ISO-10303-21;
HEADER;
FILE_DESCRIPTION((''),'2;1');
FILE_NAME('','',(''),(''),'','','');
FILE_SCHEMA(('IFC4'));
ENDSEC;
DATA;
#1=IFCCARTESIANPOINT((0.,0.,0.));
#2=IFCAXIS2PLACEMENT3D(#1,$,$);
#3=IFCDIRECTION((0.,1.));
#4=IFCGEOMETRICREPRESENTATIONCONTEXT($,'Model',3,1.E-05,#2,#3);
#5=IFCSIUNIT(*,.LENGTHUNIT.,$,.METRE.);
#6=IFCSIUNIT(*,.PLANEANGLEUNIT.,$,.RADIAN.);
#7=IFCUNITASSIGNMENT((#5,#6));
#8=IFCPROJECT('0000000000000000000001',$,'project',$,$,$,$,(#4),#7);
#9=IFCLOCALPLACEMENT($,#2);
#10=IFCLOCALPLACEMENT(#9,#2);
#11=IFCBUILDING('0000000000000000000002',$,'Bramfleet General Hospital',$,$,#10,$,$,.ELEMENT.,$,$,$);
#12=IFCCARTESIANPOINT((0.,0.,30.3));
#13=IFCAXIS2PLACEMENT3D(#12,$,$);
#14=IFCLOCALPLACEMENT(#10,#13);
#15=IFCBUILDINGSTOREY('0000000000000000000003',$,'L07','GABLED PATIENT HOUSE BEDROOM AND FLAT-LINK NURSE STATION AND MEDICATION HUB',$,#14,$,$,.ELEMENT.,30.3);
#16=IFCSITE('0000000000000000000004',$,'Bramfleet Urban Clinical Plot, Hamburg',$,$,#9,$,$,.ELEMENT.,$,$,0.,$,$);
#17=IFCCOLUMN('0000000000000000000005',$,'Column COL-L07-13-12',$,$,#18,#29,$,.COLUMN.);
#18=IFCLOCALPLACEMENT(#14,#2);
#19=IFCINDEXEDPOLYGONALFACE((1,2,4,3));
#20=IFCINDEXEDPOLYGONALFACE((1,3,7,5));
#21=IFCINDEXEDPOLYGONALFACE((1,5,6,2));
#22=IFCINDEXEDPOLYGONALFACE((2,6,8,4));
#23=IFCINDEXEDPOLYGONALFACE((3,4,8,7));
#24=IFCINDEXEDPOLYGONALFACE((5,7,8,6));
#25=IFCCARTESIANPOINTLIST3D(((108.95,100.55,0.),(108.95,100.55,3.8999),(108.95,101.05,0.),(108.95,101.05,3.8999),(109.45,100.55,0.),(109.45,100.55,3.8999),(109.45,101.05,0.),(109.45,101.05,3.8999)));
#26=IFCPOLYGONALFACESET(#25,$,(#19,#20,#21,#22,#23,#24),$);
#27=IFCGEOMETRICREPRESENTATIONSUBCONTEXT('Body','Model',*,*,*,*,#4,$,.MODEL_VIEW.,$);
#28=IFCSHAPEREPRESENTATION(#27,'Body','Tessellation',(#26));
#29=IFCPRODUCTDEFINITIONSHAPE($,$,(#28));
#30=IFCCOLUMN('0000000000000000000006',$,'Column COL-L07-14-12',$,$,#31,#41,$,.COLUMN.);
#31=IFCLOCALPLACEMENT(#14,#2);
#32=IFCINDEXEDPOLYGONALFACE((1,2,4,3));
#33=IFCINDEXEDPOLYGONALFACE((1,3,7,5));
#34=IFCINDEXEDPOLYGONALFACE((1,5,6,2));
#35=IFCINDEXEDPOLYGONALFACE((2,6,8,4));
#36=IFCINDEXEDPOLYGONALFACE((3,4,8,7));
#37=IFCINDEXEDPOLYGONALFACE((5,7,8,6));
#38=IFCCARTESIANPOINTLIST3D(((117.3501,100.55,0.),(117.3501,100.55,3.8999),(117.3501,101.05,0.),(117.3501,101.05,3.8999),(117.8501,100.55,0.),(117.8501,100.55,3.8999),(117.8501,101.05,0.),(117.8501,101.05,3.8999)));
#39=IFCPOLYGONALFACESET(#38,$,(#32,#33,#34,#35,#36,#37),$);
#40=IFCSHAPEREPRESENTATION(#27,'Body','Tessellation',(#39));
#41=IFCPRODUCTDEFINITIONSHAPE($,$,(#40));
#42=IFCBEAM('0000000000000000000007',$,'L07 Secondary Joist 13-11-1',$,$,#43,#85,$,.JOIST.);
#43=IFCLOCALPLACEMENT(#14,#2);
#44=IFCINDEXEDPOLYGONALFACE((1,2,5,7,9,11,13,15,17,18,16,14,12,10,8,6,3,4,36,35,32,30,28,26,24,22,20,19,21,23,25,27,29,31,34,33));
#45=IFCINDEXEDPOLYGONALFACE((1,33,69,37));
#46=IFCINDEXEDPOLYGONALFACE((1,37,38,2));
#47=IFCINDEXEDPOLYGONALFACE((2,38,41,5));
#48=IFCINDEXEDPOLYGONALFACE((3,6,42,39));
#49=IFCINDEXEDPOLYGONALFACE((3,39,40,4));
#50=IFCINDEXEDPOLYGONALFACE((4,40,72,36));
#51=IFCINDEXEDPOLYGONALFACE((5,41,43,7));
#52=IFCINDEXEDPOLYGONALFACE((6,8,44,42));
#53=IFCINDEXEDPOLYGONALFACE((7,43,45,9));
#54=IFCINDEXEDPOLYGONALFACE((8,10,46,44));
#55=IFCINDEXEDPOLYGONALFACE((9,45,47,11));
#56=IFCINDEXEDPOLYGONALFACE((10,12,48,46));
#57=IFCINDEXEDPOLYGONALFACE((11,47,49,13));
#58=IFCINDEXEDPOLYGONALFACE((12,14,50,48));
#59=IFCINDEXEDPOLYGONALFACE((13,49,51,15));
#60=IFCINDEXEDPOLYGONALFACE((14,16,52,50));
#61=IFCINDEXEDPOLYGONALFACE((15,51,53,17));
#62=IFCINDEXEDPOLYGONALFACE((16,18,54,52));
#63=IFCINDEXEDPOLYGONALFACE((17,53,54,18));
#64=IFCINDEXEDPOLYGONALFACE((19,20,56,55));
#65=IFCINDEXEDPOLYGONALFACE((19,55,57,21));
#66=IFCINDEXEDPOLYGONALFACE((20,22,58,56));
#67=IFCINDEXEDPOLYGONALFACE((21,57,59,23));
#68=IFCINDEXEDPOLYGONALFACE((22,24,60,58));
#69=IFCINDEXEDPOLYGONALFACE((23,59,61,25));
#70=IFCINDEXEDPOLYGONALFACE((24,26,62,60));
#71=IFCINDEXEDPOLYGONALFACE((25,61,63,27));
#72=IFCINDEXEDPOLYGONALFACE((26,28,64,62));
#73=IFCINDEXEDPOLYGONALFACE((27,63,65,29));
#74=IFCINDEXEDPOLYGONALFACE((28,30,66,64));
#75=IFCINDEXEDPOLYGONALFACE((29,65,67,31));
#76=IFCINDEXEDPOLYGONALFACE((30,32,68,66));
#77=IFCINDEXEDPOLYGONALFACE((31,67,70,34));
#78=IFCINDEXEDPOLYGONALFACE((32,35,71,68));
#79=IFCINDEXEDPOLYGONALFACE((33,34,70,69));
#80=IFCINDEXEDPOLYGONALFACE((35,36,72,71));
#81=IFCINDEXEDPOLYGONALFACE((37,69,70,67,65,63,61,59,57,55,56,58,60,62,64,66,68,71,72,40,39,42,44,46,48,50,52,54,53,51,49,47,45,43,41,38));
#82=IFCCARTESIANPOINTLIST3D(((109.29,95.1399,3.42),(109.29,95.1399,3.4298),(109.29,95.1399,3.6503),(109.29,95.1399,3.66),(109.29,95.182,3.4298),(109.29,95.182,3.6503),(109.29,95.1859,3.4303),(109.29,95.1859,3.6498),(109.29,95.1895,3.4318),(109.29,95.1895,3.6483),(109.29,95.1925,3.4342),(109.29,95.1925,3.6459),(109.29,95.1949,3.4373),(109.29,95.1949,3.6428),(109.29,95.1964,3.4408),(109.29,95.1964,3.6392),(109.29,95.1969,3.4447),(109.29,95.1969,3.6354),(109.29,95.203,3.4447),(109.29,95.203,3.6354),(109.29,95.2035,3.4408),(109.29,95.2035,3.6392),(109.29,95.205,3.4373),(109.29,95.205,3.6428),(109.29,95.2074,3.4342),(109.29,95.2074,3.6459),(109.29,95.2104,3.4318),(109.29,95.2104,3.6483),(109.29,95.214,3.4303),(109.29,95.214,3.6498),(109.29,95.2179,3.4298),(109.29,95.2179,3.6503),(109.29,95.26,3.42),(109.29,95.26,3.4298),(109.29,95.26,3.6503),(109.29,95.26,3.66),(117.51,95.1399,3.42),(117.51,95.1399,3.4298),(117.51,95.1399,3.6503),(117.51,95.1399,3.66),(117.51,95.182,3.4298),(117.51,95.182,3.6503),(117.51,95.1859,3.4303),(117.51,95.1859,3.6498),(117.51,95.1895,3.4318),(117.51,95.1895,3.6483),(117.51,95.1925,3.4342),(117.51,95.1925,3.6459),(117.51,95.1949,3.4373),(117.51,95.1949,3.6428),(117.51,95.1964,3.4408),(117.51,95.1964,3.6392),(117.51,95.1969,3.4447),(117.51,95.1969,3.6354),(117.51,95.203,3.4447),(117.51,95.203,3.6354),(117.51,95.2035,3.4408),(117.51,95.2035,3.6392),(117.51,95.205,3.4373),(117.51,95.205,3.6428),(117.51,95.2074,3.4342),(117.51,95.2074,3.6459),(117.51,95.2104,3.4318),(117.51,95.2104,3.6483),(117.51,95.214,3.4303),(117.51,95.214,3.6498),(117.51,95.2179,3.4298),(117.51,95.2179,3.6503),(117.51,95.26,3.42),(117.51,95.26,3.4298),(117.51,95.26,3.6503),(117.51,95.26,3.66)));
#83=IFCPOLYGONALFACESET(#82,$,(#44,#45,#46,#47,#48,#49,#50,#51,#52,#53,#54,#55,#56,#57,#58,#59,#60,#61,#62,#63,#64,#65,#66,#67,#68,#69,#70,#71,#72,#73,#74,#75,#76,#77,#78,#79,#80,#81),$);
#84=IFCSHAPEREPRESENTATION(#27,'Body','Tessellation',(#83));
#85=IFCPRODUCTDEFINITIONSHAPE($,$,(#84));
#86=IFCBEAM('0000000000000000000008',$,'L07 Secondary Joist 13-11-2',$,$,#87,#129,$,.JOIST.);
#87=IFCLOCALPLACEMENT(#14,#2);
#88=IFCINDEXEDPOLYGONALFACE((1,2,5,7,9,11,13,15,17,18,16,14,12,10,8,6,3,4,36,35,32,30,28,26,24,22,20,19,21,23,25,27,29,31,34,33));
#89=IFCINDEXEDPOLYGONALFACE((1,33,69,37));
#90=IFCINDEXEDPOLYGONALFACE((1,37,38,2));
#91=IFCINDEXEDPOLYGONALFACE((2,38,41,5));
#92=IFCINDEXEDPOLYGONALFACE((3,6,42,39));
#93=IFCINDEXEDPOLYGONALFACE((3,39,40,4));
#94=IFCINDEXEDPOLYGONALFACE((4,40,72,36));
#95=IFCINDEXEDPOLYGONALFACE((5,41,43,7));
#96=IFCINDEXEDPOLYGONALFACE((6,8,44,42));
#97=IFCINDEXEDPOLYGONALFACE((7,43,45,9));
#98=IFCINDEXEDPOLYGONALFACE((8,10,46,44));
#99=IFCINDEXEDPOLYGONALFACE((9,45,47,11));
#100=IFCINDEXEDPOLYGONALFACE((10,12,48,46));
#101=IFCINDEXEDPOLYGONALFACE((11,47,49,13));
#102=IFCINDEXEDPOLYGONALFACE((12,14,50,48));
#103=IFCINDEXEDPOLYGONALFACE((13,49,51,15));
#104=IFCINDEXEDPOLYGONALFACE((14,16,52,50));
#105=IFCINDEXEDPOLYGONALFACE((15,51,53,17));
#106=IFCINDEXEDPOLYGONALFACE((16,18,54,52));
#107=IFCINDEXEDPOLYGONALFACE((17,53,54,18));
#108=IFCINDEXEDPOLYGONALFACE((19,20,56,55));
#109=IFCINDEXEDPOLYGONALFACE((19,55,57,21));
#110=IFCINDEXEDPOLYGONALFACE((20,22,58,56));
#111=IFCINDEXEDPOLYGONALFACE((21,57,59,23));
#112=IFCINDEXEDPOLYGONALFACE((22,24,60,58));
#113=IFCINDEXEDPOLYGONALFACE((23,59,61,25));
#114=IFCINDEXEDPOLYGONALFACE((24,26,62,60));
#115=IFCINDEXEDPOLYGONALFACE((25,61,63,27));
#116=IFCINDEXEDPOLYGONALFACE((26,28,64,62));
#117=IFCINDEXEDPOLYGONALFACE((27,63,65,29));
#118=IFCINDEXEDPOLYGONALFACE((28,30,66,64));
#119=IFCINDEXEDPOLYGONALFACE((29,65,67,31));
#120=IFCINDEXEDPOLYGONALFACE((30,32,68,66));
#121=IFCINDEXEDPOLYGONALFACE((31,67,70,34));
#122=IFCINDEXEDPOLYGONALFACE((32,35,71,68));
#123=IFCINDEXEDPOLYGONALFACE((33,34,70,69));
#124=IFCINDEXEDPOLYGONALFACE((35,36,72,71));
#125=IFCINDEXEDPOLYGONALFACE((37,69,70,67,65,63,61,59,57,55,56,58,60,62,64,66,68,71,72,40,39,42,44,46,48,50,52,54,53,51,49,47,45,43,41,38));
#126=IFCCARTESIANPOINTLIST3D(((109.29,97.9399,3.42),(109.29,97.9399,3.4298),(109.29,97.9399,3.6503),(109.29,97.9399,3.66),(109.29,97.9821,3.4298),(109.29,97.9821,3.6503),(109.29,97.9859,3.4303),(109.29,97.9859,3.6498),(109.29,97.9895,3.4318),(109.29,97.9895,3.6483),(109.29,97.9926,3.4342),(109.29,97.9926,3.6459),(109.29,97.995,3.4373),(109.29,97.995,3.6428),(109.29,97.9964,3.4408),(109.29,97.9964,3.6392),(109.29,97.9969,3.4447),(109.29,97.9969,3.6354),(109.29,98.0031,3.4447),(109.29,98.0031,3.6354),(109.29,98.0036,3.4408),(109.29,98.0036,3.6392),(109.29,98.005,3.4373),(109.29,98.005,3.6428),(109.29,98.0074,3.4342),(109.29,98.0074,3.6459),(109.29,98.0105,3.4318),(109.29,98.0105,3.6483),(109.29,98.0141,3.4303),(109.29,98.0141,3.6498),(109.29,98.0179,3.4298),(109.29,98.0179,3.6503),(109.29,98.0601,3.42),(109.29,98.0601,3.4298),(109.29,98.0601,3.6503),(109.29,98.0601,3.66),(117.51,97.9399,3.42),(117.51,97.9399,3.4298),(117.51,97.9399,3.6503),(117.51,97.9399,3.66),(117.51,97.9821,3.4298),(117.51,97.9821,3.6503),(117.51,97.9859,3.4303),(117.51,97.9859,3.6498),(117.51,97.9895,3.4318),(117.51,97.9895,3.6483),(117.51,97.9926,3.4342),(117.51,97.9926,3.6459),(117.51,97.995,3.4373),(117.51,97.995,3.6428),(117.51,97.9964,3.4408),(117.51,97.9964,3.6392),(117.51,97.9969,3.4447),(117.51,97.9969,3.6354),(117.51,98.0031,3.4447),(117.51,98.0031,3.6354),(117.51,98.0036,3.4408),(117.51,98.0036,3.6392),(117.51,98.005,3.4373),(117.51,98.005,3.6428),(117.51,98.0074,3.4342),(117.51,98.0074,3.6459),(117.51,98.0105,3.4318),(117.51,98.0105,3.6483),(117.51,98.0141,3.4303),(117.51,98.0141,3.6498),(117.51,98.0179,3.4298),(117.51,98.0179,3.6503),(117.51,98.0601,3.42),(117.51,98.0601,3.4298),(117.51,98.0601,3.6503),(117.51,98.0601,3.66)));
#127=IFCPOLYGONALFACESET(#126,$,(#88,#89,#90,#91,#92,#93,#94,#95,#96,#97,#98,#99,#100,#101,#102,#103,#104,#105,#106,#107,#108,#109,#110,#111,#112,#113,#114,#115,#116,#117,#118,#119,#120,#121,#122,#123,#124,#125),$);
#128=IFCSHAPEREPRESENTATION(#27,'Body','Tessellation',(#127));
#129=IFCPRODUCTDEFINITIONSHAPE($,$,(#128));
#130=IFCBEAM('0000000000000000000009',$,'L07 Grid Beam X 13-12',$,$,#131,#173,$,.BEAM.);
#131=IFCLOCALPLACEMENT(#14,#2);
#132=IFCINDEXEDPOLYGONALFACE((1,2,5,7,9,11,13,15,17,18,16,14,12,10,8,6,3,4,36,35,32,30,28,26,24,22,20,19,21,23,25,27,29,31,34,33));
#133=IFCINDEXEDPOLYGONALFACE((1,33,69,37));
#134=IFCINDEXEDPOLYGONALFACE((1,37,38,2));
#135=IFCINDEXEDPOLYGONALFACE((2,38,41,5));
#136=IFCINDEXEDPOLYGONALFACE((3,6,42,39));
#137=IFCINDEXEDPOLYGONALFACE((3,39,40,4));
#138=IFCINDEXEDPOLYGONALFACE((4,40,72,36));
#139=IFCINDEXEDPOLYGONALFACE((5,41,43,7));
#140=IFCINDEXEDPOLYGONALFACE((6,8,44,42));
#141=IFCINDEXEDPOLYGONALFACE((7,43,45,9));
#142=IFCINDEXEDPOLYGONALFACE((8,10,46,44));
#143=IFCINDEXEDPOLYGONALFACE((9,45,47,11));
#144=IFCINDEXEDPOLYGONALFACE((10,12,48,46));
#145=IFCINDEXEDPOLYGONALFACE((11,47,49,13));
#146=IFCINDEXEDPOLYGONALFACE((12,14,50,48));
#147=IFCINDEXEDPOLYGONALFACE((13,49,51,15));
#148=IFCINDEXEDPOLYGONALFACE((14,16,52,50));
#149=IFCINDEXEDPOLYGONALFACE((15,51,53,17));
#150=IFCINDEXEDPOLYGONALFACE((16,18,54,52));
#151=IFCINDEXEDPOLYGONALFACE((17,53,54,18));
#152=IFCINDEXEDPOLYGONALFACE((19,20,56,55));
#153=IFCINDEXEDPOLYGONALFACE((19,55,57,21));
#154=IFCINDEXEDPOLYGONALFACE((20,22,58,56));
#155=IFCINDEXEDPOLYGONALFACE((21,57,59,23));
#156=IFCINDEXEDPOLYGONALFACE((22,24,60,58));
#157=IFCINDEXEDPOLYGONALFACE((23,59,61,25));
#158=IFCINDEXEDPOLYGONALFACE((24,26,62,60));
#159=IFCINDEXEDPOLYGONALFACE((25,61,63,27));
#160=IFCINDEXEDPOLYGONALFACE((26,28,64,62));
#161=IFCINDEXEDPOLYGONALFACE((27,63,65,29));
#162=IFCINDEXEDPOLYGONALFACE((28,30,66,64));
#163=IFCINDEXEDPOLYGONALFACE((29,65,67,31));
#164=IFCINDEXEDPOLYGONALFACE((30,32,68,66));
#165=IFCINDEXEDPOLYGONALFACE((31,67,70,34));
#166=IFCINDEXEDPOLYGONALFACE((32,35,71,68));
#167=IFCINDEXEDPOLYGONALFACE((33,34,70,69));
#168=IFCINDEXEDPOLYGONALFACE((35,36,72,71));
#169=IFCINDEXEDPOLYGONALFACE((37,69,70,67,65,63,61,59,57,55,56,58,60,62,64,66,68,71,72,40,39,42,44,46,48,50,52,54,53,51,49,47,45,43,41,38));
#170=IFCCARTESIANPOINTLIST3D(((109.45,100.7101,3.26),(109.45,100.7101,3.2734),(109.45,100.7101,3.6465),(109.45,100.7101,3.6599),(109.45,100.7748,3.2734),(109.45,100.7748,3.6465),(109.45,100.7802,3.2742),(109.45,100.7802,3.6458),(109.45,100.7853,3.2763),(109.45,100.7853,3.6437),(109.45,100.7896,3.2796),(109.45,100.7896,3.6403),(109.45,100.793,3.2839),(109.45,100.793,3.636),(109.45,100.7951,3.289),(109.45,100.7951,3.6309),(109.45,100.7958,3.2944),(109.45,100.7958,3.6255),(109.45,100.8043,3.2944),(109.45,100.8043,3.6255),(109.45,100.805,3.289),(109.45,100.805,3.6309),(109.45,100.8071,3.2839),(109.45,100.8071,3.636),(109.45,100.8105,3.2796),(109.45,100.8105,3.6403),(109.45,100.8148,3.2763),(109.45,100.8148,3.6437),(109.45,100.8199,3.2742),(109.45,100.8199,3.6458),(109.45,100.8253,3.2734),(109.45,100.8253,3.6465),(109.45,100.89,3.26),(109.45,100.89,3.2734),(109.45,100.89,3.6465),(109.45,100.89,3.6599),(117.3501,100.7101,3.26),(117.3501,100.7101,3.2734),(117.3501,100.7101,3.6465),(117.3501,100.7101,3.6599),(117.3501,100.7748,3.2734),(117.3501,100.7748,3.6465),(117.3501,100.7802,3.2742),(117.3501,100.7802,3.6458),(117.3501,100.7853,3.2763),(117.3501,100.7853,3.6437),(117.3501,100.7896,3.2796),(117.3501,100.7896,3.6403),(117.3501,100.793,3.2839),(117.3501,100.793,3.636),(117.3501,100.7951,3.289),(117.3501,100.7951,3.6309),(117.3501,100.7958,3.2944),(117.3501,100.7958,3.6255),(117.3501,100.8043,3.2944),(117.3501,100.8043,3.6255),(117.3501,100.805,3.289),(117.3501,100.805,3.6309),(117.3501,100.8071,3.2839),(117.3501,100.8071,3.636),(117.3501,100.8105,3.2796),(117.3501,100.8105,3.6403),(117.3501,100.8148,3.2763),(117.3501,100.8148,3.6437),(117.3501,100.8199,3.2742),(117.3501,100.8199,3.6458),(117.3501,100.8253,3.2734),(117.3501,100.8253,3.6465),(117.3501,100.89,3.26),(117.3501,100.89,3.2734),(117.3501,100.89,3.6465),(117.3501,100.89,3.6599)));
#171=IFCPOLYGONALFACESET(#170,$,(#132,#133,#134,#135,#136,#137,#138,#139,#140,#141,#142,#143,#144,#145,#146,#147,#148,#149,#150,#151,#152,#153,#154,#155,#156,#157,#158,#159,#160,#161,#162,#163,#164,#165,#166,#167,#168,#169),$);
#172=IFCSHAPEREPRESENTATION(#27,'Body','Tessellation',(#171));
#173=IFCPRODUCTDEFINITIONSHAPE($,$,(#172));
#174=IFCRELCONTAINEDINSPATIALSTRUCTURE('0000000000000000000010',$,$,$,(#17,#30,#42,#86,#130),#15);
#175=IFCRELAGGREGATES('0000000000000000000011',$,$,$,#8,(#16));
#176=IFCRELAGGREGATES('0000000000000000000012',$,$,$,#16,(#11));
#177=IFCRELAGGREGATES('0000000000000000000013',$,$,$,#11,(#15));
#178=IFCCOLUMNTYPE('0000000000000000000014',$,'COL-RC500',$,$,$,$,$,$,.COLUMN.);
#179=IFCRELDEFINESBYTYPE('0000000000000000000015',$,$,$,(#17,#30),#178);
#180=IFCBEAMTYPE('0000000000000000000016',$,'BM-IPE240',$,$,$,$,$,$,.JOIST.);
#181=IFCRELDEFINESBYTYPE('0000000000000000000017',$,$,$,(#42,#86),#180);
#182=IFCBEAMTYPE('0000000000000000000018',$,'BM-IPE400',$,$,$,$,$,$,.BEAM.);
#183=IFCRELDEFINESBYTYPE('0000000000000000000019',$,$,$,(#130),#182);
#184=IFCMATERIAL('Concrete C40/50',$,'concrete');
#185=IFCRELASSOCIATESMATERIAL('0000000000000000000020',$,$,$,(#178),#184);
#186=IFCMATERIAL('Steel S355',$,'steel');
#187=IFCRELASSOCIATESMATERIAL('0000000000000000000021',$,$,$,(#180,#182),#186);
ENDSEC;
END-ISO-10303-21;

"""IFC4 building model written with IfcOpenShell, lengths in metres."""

from ifc_helpers import new_model, si_unit, direction, frame, origin, origin_2d, place, context, subcontext, project, spatial, rectangle, i_section, extrude, material, material_profile, profile_set, type_object, element, save


model = new_model("IFC4")

# Units and contexts
model_context = context("Model", 3, precision=1e-05, world=origin(), true_north=direction((0.0, 1.0)))
body_context = subcontext(model_context, "Body", "Model", "MODEL_VIEW")
ifc_project = project(units=[si_unit("LENGTHUNIT", "METRE"), si_unit("PLANEANGLEUNIT", "RADIAN")], contexts=[model_context])

# Site, building, storey
site_placement = place(None, origin())
site = spatial("IfcSite", under=ifc_project, at=site_placement, Name="Bramfleet Urban Clinical Plot, Hamburg", CompositionType="ELEMENT", RefElevation=0.0)
building_placement = place(site_placement, origin())
building = spatial("IfcBuilding", under=site, at=building_placement, Name="Bramfleet General Hospital", CompositionType="ELEMENT")
storey_placement = place(building_placement, frame((0.0, 0.0, 30.3)))
storey = spatial("IfcBuildingStorey", under=building, at=storey_placement, Name="L07", Description="GABLED PATIENT HOUSE BEDROOM AND FLAT-LINK NURSE STATION AND MEDICATION HUB", CompositionType="ELEMENT", Elevation=30.3)

# Columns
ifc_material_1 = material(Name="Concrete C40/50", Category="concrete")
ifc_material_profile_1 = material_profile(ifc_material_1, rectangle(XDim=0.5, YDim=0.5, at=origin_2d()), Name="RC COL 500x500")
ifc_profile_set_1 = profile_set([ifc_material_profile_1], Name="Concrete C40/50")
column_type = type_object("IfcColumnType", Name="COL-RC500", PredefinedType="COLUMN", material=ifc_profile_set_1)
for number, where, z_axis, x_axis, name in (
    (1, (109.2, 100.8, 0.0), (0.0, 0.0, 1.0), (1.0, 0.0, 0.0), "Column COL-L07-13-12"),
    (2, (117.6001, 100.8, 0.0), (0.0, 0.0, 1.0), (1.0, 0.0, 0.0), "Column COL-L07-14-12"),
):
    element("IfcColumn", number, at=place(storey_placement, frame(where, z_axis=z_axis, x_axis=x_axis)), inside=storey, type_object=column_type, Name=name, PredefinedType="COLUMN", context=body_context, shape_type="SweptSolid", body=[
        extrude(rectangle(XDim=0.5, YDim=0.5, at=origin_2d()), origin(), (0.0, 0.0, 1.0), 3.8999),
    ])

# Beams
ifc_material_2 = material(Name="Steel S355", Category="steel")
ifc_material_profile_2 = material_profile(ifc_material_2, i_section(OverallWidth=0.1201, OverallDepth=0.24, WebThickness=0.0061, FlangeThickness=0.0098, FilletRadius=0.0149, at=origin_2d()), Name="IPE 240")
ifc_profile_set_2 = profile_set([ifc_material_profile_2], Name="Steel S355")
beam_type_1 = type_object("IfcBeamType", Name="BM-IPE240", PredefinedType="JOIST", material=ifc_profile_set_2)
for number, where, z_axis, x_axis, name in (
    (3, (109.29, 95.2, 3.54), (1.0, 0.0, 0.0), (0.0, 1.0, 0.0), "L07 Secondary Joist 13-11-1"),
    (4, (109.29, 98.0, 3.54), (1.0, 0.0, 0.0), (0.0, 1.0, 0.0), "L07 Secondary Joist 13-11-2"),
):
    element("IfcBeam", number, at=place(storey_placement, frame(where, z_axis=z_axis, x_axis=x_axis)), inside=storey, type_object=beam_type_1, Name=name, PredefinedType="JOIST", context=body_context, shape_type="SweptSolid", body=[
        extrude(i_section(OverallWidth=0.1201, OverallDepth=0.24, WebThickness=0.0061, FlangeThickness=0.0098, FilletRadius=0.0149, at=origin_2d()), origin(), (0.0, 0.0, 1.0), 8.22),
    ])
ifc_material_profile_3 = material_profile(ifc_material_2, i_section(OverallWidth=0.1799, OverallDepth=0.3999, WebThickness=0.0085, FlangeThickness=0.0134, FilletRadius=0.021, at=origin_2d()), Name="IPE 400")
ifc_profile_set_3 = profile_set([ifc_material_profile_3], Name="Steel S355")
beam_type_2 = type_object("IfcBeamType", Name="BM-IPE400", PredefinedType="BEAM", material=ifc_profile_set_3)
for number, where, z_axis, x_axis, name in (
    (5, (109.45, 100.8, 3.46), (1.0, 0.0, 0.0), (0.0, 1.0, 0.0), "L07 Grid Beam X 13-12"),
):
    element("IfcBeam", number, at=place(storey_placement, frame(where, z_axis=z_axis, x_axis=x_axis)), inside=storey, type_object=beam_type_2, Name=name, PredefinedType="BEAM", context=body_context, shape_type="SweptSolid", body=[
        extrude(i_section(OverallWidth=0.1799, OverallDepth=0.3999, WebThickness=0.0085, FlangeThickness=0.0134, FilletRadius=0.021, at=origin_2d()), origin(), (0.0, 0.0, 1.0), 7.9001),
    ])

save(model, "model.ifc")
